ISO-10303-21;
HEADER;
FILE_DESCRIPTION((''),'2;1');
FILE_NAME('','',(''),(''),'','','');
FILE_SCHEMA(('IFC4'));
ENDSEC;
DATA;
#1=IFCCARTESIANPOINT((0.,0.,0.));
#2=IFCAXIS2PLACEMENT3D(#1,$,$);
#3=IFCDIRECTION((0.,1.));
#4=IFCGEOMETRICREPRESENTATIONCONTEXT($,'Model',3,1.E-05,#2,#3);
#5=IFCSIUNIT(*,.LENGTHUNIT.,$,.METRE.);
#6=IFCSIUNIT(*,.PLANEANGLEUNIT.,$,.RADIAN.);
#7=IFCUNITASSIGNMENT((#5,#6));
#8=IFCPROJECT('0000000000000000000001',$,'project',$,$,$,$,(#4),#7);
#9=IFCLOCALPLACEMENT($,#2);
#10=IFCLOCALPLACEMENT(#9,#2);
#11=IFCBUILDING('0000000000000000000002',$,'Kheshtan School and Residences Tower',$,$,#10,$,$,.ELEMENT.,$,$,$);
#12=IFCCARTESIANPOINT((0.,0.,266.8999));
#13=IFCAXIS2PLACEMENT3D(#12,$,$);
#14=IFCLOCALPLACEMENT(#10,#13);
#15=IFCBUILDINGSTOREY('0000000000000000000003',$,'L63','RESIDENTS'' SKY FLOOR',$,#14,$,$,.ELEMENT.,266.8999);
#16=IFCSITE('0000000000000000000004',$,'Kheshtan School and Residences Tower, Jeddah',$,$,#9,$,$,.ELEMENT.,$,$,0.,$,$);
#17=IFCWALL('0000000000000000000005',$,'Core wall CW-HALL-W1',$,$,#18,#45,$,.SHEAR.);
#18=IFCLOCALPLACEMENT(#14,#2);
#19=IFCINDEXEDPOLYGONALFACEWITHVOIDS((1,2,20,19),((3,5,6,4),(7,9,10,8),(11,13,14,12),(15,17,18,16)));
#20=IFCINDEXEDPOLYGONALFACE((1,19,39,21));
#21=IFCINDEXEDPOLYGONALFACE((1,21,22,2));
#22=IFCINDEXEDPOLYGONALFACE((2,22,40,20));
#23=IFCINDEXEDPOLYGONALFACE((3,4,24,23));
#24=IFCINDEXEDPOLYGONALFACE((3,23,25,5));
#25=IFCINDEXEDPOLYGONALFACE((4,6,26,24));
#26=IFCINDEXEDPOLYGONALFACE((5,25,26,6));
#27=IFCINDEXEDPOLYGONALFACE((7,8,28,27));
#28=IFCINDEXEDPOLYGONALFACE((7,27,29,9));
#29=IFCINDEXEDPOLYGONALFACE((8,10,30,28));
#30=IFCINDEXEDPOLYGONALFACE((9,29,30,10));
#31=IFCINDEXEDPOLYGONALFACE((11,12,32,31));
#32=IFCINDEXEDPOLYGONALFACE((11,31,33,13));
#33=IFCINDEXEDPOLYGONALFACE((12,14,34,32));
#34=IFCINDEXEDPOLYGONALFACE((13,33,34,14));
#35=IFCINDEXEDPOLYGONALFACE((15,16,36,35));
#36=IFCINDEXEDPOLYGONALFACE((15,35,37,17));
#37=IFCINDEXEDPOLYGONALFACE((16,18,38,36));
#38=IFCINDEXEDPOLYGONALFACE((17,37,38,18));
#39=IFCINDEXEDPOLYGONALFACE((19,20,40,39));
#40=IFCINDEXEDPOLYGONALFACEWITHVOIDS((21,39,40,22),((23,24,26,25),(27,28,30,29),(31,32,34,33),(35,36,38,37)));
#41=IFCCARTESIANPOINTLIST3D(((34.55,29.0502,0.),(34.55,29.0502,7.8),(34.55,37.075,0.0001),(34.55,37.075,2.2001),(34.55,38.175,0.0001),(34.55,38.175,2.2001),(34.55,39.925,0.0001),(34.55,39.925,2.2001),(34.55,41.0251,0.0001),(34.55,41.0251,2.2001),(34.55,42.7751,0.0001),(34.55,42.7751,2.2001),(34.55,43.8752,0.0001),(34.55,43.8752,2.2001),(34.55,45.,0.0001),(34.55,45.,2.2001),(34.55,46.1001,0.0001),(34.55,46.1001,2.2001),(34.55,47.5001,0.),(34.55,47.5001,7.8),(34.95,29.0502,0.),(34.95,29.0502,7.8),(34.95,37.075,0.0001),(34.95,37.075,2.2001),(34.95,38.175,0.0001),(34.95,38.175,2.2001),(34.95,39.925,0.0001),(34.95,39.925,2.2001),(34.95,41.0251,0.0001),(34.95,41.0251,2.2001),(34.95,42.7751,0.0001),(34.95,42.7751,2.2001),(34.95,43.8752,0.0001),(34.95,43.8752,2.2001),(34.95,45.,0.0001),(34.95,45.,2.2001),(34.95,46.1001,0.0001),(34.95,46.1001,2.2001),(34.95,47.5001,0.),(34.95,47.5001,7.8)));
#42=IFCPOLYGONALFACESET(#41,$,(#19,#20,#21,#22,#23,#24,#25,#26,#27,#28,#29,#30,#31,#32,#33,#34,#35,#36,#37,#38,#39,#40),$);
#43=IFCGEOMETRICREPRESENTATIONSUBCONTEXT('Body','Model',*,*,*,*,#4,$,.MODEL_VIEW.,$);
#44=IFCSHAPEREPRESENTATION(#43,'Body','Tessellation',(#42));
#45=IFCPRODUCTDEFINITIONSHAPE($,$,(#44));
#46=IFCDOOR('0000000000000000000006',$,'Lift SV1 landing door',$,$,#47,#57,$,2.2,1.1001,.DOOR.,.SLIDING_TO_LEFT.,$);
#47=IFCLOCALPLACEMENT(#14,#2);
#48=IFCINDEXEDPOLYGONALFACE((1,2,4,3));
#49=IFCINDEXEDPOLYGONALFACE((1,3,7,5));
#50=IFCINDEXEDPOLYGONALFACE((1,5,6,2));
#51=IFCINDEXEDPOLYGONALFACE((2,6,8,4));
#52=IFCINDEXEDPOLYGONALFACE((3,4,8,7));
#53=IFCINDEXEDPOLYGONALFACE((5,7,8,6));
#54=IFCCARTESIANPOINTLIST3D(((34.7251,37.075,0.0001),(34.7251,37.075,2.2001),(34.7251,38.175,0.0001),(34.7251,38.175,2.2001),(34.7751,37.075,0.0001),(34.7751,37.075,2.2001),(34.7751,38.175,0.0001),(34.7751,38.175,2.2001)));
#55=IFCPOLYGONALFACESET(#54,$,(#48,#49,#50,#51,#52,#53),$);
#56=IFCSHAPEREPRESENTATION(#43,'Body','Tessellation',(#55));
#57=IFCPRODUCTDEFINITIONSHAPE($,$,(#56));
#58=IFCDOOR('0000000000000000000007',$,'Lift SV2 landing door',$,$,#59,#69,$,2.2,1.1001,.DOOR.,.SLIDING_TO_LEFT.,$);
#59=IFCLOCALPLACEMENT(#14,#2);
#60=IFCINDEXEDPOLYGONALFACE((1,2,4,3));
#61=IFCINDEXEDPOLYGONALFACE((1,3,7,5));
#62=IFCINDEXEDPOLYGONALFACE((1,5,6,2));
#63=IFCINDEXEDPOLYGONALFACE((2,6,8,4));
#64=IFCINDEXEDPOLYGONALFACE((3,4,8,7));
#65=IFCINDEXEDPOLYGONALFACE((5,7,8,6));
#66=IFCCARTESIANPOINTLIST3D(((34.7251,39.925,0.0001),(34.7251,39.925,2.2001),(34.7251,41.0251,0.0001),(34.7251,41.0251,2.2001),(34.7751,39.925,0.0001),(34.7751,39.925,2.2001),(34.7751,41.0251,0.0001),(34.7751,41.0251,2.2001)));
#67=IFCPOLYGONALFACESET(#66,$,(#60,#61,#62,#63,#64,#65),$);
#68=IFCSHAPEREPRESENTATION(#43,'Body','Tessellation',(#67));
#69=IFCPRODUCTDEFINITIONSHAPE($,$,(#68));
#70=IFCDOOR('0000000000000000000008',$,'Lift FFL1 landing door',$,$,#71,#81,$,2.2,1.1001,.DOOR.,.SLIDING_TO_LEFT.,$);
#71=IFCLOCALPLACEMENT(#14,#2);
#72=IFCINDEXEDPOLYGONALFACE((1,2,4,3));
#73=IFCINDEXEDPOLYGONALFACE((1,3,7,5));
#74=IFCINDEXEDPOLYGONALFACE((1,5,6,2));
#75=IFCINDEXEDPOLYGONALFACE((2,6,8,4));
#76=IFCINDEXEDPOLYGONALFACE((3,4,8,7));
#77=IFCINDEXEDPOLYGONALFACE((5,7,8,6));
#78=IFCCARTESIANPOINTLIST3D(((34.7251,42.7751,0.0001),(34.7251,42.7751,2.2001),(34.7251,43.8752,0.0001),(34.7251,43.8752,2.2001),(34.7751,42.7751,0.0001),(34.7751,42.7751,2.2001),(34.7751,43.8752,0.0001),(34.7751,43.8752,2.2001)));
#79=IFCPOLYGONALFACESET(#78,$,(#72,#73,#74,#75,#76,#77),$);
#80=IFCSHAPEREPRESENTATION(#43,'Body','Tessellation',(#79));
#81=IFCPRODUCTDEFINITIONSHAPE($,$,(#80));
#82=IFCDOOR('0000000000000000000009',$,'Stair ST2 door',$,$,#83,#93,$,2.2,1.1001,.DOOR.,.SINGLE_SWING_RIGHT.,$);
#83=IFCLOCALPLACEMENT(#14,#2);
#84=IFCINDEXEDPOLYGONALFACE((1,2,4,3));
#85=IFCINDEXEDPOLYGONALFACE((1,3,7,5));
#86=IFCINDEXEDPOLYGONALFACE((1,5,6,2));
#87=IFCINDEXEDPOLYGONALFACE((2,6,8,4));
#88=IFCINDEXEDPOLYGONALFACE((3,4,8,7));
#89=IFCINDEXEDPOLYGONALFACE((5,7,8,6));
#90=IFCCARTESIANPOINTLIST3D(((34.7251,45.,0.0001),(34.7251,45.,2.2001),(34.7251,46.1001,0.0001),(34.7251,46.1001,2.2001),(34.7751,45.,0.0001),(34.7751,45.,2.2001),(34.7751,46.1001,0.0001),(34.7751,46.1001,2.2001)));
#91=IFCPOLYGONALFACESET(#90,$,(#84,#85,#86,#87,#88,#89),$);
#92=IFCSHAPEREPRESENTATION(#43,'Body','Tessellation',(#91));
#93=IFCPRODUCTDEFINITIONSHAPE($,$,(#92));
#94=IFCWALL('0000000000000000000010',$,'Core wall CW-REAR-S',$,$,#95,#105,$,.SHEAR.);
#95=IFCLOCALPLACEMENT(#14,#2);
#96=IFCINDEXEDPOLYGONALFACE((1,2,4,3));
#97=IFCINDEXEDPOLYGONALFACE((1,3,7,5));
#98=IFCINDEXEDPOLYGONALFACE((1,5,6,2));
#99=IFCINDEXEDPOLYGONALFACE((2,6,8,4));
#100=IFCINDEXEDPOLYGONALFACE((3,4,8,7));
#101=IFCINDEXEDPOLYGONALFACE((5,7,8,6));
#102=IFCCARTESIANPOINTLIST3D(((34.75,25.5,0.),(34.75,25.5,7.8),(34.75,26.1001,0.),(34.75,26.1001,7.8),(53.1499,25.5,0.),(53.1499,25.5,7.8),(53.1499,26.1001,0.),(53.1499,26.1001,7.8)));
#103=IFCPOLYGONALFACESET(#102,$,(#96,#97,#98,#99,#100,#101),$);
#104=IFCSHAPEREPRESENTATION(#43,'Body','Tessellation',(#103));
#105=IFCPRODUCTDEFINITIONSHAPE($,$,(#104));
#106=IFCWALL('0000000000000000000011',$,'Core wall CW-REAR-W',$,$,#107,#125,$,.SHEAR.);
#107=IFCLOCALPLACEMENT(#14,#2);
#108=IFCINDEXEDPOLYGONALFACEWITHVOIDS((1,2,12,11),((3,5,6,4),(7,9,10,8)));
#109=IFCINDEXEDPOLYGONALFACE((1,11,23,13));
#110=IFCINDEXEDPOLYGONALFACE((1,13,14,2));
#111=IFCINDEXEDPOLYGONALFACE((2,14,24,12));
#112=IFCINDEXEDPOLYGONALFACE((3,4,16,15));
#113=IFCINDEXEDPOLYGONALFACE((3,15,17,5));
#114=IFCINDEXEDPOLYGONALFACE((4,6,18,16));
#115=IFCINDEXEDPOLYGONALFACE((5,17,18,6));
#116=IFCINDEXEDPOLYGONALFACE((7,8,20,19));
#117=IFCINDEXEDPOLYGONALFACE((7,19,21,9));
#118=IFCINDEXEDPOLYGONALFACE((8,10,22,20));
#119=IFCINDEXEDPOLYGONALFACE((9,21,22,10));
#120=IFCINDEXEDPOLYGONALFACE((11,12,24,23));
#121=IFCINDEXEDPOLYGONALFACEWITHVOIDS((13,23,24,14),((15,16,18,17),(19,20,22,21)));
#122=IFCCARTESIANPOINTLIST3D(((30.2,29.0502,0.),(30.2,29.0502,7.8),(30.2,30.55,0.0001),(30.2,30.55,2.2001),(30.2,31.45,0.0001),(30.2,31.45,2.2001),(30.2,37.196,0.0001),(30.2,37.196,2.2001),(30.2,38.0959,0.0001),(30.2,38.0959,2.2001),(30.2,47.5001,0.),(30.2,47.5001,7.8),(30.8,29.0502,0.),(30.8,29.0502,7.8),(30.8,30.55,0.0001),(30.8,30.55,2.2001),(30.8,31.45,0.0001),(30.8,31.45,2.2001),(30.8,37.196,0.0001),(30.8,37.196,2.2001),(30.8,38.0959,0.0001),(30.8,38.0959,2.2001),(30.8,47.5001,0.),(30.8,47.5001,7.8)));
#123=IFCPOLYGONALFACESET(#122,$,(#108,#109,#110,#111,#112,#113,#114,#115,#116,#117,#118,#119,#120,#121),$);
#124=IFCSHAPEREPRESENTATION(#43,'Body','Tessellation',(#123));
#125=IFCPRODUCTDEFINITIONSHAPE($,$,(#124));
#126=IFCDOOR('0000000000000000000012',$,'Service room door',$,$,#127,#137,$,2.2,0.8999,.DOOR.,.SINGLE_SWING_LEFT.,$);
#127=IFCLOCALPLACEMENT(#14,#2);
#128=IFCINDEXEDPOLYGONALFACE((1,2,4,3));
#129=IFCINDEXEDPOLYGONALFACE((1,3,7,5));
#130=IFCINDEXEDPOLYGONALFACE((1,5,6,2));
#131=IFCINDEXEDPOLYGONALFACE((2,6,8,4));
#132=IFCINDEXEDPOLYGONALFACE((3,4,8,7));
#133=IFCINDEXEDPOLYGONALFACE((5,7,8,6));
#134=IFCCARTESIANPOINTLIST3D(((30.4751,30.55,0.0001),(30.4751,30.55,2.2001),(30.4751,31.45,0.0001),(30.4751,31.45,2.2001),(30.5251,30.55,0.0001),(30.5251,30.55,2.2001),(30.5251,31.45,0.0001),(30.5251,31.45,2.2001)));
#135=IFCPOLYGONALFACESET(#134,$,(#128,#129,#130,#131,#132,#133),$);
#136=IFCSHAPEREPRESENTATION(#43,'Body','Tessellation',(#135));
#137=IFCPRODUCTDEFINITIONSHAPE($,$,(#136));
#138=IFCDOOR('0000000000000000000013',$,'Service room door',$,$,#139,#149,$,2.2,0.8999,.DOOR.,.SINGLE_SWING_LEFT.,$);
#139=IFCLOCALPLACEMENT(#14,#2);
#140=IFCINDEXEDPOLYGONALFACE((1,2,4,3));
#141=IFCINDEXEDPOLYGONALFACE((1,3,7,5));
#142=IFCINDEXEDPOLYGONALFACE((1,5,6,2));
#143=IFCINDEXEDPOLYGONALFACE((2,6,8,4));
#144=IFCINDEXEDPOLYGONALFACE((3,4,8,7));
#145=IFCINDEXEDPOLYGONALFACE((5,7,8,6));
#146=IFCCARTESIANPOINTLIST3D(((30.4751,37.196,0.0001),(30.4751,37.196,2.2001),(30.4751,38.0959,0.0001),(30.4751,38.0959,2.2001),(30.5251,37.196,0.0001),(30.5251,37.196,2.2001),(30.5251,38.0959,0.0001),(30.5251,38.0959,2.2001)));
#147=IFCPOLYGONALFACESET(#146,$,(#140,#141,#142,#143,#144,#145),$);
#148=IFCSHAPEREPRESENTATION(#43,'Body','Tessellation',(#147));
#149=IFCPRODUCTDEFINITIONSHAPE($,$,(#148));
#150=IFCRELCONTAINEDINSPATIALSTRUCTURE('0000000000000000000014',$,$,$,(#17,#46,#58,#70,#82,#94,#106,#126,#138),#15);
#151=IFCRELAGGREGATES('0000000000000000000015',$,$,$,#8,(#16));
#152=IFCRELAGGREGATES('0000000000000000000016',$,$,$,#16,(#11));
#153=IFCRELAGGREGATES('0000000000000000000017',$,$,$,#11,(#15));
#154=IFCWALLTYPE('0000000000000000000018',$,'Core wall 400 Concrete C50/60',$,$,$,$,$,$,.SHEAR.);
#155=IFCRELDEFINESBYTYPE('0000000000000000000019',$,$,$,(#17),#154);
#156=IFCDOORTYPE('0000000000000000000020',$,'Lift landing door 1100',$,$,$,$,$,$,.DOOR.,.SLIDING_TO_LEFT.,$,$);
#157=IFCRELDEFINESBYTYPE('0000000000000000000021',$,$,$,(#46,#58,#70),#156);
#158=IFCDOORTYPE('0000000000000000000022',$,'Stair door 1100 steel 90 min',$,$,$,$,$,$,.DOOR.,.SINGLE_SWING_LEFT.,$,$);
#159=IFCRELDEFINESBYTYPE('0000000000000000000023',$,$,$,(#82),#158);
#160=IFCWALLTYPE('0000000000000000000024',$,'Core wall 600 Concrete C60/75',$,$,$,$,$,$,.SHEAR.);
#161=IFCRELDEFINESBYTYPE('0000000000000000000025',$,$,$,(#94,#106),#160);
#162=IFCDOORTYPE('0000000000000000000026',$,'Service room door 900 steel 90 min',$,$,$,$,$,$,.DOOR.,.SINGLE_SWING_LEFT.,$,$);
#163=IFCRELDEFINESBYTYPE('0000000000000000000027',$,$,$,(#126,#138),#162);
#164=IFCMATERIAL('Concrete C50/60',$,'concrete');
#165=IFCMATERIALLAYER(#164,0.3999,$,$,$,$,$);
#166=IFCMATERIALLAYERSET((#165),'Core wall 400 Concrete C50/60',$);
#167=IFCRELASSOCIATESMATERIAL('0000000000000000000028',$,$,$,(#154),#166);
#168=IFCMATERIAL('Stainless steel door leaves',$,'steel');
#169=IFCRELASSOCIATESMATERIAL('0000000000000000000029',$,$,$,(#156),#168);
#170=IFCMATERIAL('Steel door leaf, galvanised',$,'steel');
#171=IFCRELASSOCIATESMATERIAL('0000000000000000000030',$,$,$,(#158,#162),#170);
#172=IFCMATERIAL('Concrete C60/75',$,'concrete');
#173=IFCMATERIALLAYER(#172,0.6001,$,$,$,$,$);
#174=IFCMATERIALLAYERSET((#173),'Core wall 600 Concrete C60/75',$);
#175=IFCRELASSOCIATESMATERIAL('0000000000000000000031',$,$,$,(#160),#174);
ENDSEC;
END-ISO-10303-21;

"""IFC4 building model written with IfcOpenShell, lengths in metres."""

from ifc_helpers import new_model, si_unit, direction, frame, frame_2d, origin, place, context, subcontext, project, spatial, rectangle, extrude, source, transform, mapped, material, layer, layer_set, type_object, element, fill, save


model = new_model("IFC4")

# Units and contexts
model_context = context("Model", 3, precision=1e-05, world=origin(), true_north=direction((0.0, 1.0)))
body_context = subcontext(model_context, "Body", "Model", "MODEL_VIEW")
ifc_project = project(units=[si_unit("LENGTHUNIT", "METRE"), si_unit("PLANEANGLEUNIT", "RADIAN")], contexts=[model_context])

# Site, building, storey
site_placement = place(None, origin())
site = spatial("IfcSite", under=ifc_project, at=site_placement, Name="Kheshtan School and Residences Tower, Jeddah", CompositionType="ELEMENT", RefElevation=0.0)
building_placement = place(site_placement, origin())
building = spatial("IfcBuilding", under=site, at=building_placement, Name="Kheshtan School and Residences Tower", CompositionType="ELEMENT")
storey_placement = place(building_placement, frame((0.0, 0.0, 266.8999)))
storey = spatial("IfcBuildingStorey", under=building, at=storey_placement, Name="L63", Description="RESIDENTS' SKY FLOOR", CompositionType="ELEMENT", Elevation=266.8999)

# Wall, openings, doors
ifc_material_1 = material(Name="Concrete C50/60", Category="concrete")
ifc_layer_1 = layer(ifc_material_1, 0.3999)
ifc_layer_set_1 = layer_set([ifc_layer_1], Name="Core wall 400 Concrete C50/60")
wall_type_1 = type_object("IfcWallType", Name="Core wall 400 Concrete C50/60", PredefinedType="SHEAR", material=ifc_layer_set_1)
ifc_material_2 = material(Name="Stainless steel door leaves", Category="steel")
door_type_1 = type_object("IfcDoorType", Name="Lift landing door 1100", OperationType="SLIDING_TO_LEFT", PredefinedType="DOOR", material=ifc_material_2)
shared_shape_1 = source(origin(), body_context, "Body", "SweptSolid", [
    extrude(rectangle(XDim=1.1001, YDim=2.2, at=frame_2d((0.55, 1.1001))), frame((0.0, 0.0249, 0.0), z_axis=(0.0, -1.0, 0.0), x_axis=(1.0, 0.0, 0.0)), (0.0, 0.0, 1.0), 0.05),
])
wall_1_placement = place(storey_placement, frame((34.75, 29.05, 0.0), z_axis=(0.0, 0.0, 1.0), x_axis=(0.0, 1.0, 0.0)))
wall_1 = element("IfcWall", 1, at=wall_1_placement, inside=storey, type_object=wall_type_1, Name="Core wall CW-HALL-W1", PredefinedType="SHEAR", context=body_context, shape_type="SweptSolid", body=[
    extrude(rectangle(XDim=18.45, YDim=0.3999, at=frame_2d((9.2251, 0.0))), origin(), (0.0, 0.0, 1.0), 7.8),
])
opening_1_placement = place(wall_1_placement, frame((8.0249, 0.0, 0.0)))
opening_1 = element("IfcOpeningElement", 2, at=opening_1_placement, cuts=wall_1, PredefinedType="OPENING", context=body_context, shape_type="SweptSolid", body=[
    extrude(rectangle(XDim=1.1001, YDim=2.2, at=frame_2d((0.55, 1.1001))), frame((0.0, 0.21, 0.0), z_axis=(0.0, -1.0, 0.0), x_axis=(1.0, 0.0, 0.0)), (0.0, 0.0, 1.0), 0.4199),
])
opening_2_placement = place(wall_1_placement, frame((10.875, 0.0, 0.0)))
opening_2 = element("IfcOpeningElement", 3, at=opening_2_placement, cuts=wall_1, PredefinedType="OPENING", context=body_context, shape_type="SweptSolid", body=[
    extrude(rectangle(XDim=1.1001, YDim=2.2, at=frame_2d((0.55, 1.1001))), frame((0.0, 0.21, 0.0), z_axis=(0.0, -1.0, 0.0), x_axis=(1.0, 0.0, 0.0)), (0.0, 0.0, 1.0), 0.4199),
])
opening_3_placement = place(wall_1_placement, frame((13.7251, 0.0, 0.0)))
opening_3 = element("IfcOpeningElement", 4, at=opening_3_placement, cuts=wall_1, PredefinedType="OPENING", context=body_context, shape_type="SweptSolid", body=[
    extrude(rectangle(XDim=1.1001, YDim=2.2, at=frame_2d((0.55, 1.1001))), frame((0.0, 0.21, 0.0), z_axis=(0.0, -1.0, 0.0), x_axis=(1.0, 0.0, 0.0)), (0.0, 0.0, 1.0), 0.4199),
])
opening_4_placement = place(wall_1_placement, frame((15.95, 0.0, 0.0)))
opening_4 = element("IfcOpeningElement", 5, at=opening_4_placement, cuts=wall_1, PredefinedType="OPENING", context=body_context, shape_type="SweptSolid", body=[
    extrude(rectangle(XDim=1.1001, YDim=2.2, at=frame_2d((0.55, 1.1001))), frame((0.0, 0.21, 0.0), z_axis=(0.0, -1.0, 0.0), x_axis=(1.0, 0.0, 0.0)), (0.0, 0.0, 1.0), 0.4199),
])
door_1_placement = place(opening_1_placement, origin())
door_1 = element("IfcDoor", 6, at=door_1_placement, inside=storey, type_object=door_type_1, Name="Lift SV1 landing door", OperationType="SLIDING_TO_LEFT", OverallHeight=2.2, OverallWidth=1.1001, PredefinedType="DOOR", context=body_context, shape_type="MappedRepresentation", body=[
    mapped(shared_shape_1, transform((0.0, 0.0, 0.0), x_axis=(1.0, 0.0, 0.0), y_axis=(0.0, 1.0, 0.0), z_axis=(0.0, 0.0, 1.0), scale=1.0)),
])
fill(opening_1, door_1)
door_2_placement = place(opening_2_placement, origin())
door_2 = element("IfcDoor", 7, at=door_2_placement, inside=storey, type_object=door_type_1, Name="Lift SV2 landing door", OperationType="SLIDING_TO_LEFT", OverallHeight=2.2, OverallWidth=1.1001, PredefinedType="DOOR", context=body_context, shape_type="MappedRepresentation", body=[
    mapped(shared_shape_1, transform((0.0, 0.0, 0.0), x_axis=(1.0, 0.0, 0.0), y_axis=(0.0, 1.0, 0.0), z_axis=(0.0, 0.0, 1.0), scale=1.0)),
])
fill(opening_2, door_2)
door_3_placement = place(opening_3_placement, origin())
door_3 = element("IfcDoor", 8, at=door_3_placement, inside=storey, type_object=door_type_1, Name="Lift FFL1 landing door", OperationType="SLIDING_TO_LEFT", OverallHeight=2.2, OverallWidth=1.1001, PredefinedType="DOOR", context=body_context, shape_type="MappedRepresentation", body=[
    mapped(shared_shape_1, transform((0.0, 0.0, 0.0), x_axis=(1.0, 0.0, 0.0), y_axis=(0.0, 1.0, 0.0), z_axis=(0.0, 0.0, 1.0), scale=1.0)),
])
fill(opening_3, door_3)
ifc_material_3 = material(Name="Steel door leaf, galvanised", Category="steel")
door_type_2 = type_object("IfcDoorType", Name="Stair door 1100 steel 90 min", OperationType="SINGLE_SWING_LEFT", PredefinedType="DOOR", material=ifc_material_3)
shared_shape_2 = source(origin(), body_context, "Body", "SweptSolid", [
    extrude(rectangle(XDim=1.1001, YDim=2.2, at=frame_2d((0.55, 1.1001))), frame((0.0, 0.0249, 0.0), z_axis=(0.0, -1.0, 0.0), x_axis=(1.0, 0.0, 0.0)), (0.0, 0.0, 1.0), 0.05),
])
door_4_placement = place(opening_4_placement, origin())
door_4 = element("IfcDoor", 9, at=door_4_placement, inside=storey, type_object=door_type_2, Name="Stair ST2 door", OperationType="SINGLE_SWING_RIGHT", OverallHeight=2.2, OverallWidth=1.1001, PredefinedType="DOOR", context=body_context, shape_type="MappedRepresentation", body=[
    mapped(shared_shape_2, transform((0.0, 0.0, 0.0), x_axis=(1.0, 0.0, 0.0), y_axis=(0.0, 1.0, 0.0), z_axis=(0.0, 0.0, 1.0), scale=1.0)),
])
fill(opening_4, door_4)

# Wall
ifc_material_4 = material(Name="Concrete C60/75", Category="concrete")
ifc_layer_2 = layer(ifc_material_4, 0.6001)
ifc_layer_set_2 = layer_set([ifc_layer_2], Name="Core wall 600 Concrete C60/75")
wall_type_2 = type_object("IfcWallType", Name="Core wall 600 Concrete C60/75", PredefinedType="SHEAR", material=ifc_layer_set_2)
wall_2_placement = place(storey_placement, frame((34.75, 25.8, 0.0), z_axis=(0.0, 0.0, 1.0), x_axis=(1.0, 0.0, 0.0)))
element("IfcWall", 10, at=wall_2_placement, inside=storey, type_object=wall_type_2, Name="Core wall CW-REAR-S", PredefinedType="SHEAR", context=body_context, shape_type="SweptSolid", body=[
    extrude(rectangle(XDim=18.3999, YDim=0.6001, at=frame_2d((9.2, 0.0))), origin(), (0.0, 0.0, 1.0), 7.8),
])

# Wall, openings, doors
wall_3_placement = place(storey_placement, frame((30.5, 29.05, 0.0), z_axis=(0.0, 0.0, 1.0), x_axis=(0.0, 1.0, 0.0)))
wall_3 = element("IfcWall", 11, at=wall_3_placement, inside=storey, type_object=wall_type_2, Name="Core wall CW-REAR-W", PredefinedType="SHEAR", context=body_context, shape_type="SweptSolid", body=[
    extrude(rectangle(XDim=18.45, YDim=0.6001, at=frame_2d((9.2251, 0.0))), origin(), (0.0, 0.0, 1.0), 7.8),
])
opening_5_placement = place(wall_3_placement, frame((1.5, 0.0, 0.0)))
opening_5 = element("IfcOpeningElement", 12, at=opening_5_placement, cuts=wall_3, PredefinedType="OPENING", context=body_context, shape_type="SweptSolid", body=[
    extrude(rectangle(XDim=0.8999, YDim=2.2, at=frame_2d((0.45, 1.1001))), frame((0.0, 0.3101, 0.0), z_axis=(0.0, -1.0, 0.0), x_axis=(1.0, 0.0, 0.0)), (0.0, 0.0, 1.0), 0.6201),
])
opening_6_placement = place(wall_3_placement, frame((8.146, 0.0, 0.0)))
opening_6 = element("IfcOpeningElement", 13, at=opening_6_placement, cuts=wall_3, PredefinedType="OPENING", context=body_context, shape_type="SweptSolid", body=[
    extrude(rectangle(XDim=0.8999, YDim=2.2, at=frame_2d((0.45, 1.1001))), frame((0.0, 0.3101, 0.0), z_axis=(0.0, -1.0, 0.0), x_axis=(1.0, 0.0, 0.0)), (0.0, 0.0, 1.0), 0.6201),
])
door_type_3 = type_object("IfcDoorType", Name="Service room door 900 steel 90 min", OperationType="SINGLE_SWING_LEFT", PredefinedType="DOOR", material=ifc_material_3)
shared_shape_3 = source(origin(), body_context, "Body", "SweptSolid", [
    extrude(rectangle(XDim=0.8999, YDim=2.2, at=frame_2d((0.45, 1.1001))), frame((0.0, 0.0249, 0.0), z_axis=(0.0, -1.0, 0.0), x_axis=(1.0, 0.0, 0.0)), (0.0, 0.0, 1.0), 0.05),
])
door_5_placement = place(opening_5_placement, origin())
door_5 = element("IfcDoor", 14, at=door_5_placement, inside=storey, type_object=door_type_3, Name="Service room door", OperationType="SINGLE_SWING_LEFT", OverallHeight=2.2, OverallWidth=0.8999, PredefinedType="DOOR", context=body_context, shape_type="MappedRepresentation", body=[
    mapped(shared_shape_3, transform((0.0, 0.0, 0.0), x_axis=(1.0, 0.0, 0.0), y_axis=(0.0, 1.0, 0.0), z_axis=(0.0, 0.0, 1.0), scale=1.0)),
])
fill(opening_5, door_5)
door_6_placement = place(opening_6_placement, origin())
door_6 = element("IfcDoor", 15, at=door_6_placement, inside=storey, type_object=door_type_3, Name="Service room door", OperationType="SINGLE_SWING_LEFT", OverallHeight=2.2, OverallWidth=0.8999, PredefinedType="DOOR", context=body_context, shape_type="MappedRepresentation", body=[
    mapped(shared_shape_3, transform((0.0, 0.0, 0.0), x_axis=(1.0, 0.0, 0.0), y_axis=(0.0, 1.0, 0.0), z_axis=(0.0, 0.0, 1.0), scale=1.0)),
])
fill(opening_6, door_6)

save(model, "model.ifc")
